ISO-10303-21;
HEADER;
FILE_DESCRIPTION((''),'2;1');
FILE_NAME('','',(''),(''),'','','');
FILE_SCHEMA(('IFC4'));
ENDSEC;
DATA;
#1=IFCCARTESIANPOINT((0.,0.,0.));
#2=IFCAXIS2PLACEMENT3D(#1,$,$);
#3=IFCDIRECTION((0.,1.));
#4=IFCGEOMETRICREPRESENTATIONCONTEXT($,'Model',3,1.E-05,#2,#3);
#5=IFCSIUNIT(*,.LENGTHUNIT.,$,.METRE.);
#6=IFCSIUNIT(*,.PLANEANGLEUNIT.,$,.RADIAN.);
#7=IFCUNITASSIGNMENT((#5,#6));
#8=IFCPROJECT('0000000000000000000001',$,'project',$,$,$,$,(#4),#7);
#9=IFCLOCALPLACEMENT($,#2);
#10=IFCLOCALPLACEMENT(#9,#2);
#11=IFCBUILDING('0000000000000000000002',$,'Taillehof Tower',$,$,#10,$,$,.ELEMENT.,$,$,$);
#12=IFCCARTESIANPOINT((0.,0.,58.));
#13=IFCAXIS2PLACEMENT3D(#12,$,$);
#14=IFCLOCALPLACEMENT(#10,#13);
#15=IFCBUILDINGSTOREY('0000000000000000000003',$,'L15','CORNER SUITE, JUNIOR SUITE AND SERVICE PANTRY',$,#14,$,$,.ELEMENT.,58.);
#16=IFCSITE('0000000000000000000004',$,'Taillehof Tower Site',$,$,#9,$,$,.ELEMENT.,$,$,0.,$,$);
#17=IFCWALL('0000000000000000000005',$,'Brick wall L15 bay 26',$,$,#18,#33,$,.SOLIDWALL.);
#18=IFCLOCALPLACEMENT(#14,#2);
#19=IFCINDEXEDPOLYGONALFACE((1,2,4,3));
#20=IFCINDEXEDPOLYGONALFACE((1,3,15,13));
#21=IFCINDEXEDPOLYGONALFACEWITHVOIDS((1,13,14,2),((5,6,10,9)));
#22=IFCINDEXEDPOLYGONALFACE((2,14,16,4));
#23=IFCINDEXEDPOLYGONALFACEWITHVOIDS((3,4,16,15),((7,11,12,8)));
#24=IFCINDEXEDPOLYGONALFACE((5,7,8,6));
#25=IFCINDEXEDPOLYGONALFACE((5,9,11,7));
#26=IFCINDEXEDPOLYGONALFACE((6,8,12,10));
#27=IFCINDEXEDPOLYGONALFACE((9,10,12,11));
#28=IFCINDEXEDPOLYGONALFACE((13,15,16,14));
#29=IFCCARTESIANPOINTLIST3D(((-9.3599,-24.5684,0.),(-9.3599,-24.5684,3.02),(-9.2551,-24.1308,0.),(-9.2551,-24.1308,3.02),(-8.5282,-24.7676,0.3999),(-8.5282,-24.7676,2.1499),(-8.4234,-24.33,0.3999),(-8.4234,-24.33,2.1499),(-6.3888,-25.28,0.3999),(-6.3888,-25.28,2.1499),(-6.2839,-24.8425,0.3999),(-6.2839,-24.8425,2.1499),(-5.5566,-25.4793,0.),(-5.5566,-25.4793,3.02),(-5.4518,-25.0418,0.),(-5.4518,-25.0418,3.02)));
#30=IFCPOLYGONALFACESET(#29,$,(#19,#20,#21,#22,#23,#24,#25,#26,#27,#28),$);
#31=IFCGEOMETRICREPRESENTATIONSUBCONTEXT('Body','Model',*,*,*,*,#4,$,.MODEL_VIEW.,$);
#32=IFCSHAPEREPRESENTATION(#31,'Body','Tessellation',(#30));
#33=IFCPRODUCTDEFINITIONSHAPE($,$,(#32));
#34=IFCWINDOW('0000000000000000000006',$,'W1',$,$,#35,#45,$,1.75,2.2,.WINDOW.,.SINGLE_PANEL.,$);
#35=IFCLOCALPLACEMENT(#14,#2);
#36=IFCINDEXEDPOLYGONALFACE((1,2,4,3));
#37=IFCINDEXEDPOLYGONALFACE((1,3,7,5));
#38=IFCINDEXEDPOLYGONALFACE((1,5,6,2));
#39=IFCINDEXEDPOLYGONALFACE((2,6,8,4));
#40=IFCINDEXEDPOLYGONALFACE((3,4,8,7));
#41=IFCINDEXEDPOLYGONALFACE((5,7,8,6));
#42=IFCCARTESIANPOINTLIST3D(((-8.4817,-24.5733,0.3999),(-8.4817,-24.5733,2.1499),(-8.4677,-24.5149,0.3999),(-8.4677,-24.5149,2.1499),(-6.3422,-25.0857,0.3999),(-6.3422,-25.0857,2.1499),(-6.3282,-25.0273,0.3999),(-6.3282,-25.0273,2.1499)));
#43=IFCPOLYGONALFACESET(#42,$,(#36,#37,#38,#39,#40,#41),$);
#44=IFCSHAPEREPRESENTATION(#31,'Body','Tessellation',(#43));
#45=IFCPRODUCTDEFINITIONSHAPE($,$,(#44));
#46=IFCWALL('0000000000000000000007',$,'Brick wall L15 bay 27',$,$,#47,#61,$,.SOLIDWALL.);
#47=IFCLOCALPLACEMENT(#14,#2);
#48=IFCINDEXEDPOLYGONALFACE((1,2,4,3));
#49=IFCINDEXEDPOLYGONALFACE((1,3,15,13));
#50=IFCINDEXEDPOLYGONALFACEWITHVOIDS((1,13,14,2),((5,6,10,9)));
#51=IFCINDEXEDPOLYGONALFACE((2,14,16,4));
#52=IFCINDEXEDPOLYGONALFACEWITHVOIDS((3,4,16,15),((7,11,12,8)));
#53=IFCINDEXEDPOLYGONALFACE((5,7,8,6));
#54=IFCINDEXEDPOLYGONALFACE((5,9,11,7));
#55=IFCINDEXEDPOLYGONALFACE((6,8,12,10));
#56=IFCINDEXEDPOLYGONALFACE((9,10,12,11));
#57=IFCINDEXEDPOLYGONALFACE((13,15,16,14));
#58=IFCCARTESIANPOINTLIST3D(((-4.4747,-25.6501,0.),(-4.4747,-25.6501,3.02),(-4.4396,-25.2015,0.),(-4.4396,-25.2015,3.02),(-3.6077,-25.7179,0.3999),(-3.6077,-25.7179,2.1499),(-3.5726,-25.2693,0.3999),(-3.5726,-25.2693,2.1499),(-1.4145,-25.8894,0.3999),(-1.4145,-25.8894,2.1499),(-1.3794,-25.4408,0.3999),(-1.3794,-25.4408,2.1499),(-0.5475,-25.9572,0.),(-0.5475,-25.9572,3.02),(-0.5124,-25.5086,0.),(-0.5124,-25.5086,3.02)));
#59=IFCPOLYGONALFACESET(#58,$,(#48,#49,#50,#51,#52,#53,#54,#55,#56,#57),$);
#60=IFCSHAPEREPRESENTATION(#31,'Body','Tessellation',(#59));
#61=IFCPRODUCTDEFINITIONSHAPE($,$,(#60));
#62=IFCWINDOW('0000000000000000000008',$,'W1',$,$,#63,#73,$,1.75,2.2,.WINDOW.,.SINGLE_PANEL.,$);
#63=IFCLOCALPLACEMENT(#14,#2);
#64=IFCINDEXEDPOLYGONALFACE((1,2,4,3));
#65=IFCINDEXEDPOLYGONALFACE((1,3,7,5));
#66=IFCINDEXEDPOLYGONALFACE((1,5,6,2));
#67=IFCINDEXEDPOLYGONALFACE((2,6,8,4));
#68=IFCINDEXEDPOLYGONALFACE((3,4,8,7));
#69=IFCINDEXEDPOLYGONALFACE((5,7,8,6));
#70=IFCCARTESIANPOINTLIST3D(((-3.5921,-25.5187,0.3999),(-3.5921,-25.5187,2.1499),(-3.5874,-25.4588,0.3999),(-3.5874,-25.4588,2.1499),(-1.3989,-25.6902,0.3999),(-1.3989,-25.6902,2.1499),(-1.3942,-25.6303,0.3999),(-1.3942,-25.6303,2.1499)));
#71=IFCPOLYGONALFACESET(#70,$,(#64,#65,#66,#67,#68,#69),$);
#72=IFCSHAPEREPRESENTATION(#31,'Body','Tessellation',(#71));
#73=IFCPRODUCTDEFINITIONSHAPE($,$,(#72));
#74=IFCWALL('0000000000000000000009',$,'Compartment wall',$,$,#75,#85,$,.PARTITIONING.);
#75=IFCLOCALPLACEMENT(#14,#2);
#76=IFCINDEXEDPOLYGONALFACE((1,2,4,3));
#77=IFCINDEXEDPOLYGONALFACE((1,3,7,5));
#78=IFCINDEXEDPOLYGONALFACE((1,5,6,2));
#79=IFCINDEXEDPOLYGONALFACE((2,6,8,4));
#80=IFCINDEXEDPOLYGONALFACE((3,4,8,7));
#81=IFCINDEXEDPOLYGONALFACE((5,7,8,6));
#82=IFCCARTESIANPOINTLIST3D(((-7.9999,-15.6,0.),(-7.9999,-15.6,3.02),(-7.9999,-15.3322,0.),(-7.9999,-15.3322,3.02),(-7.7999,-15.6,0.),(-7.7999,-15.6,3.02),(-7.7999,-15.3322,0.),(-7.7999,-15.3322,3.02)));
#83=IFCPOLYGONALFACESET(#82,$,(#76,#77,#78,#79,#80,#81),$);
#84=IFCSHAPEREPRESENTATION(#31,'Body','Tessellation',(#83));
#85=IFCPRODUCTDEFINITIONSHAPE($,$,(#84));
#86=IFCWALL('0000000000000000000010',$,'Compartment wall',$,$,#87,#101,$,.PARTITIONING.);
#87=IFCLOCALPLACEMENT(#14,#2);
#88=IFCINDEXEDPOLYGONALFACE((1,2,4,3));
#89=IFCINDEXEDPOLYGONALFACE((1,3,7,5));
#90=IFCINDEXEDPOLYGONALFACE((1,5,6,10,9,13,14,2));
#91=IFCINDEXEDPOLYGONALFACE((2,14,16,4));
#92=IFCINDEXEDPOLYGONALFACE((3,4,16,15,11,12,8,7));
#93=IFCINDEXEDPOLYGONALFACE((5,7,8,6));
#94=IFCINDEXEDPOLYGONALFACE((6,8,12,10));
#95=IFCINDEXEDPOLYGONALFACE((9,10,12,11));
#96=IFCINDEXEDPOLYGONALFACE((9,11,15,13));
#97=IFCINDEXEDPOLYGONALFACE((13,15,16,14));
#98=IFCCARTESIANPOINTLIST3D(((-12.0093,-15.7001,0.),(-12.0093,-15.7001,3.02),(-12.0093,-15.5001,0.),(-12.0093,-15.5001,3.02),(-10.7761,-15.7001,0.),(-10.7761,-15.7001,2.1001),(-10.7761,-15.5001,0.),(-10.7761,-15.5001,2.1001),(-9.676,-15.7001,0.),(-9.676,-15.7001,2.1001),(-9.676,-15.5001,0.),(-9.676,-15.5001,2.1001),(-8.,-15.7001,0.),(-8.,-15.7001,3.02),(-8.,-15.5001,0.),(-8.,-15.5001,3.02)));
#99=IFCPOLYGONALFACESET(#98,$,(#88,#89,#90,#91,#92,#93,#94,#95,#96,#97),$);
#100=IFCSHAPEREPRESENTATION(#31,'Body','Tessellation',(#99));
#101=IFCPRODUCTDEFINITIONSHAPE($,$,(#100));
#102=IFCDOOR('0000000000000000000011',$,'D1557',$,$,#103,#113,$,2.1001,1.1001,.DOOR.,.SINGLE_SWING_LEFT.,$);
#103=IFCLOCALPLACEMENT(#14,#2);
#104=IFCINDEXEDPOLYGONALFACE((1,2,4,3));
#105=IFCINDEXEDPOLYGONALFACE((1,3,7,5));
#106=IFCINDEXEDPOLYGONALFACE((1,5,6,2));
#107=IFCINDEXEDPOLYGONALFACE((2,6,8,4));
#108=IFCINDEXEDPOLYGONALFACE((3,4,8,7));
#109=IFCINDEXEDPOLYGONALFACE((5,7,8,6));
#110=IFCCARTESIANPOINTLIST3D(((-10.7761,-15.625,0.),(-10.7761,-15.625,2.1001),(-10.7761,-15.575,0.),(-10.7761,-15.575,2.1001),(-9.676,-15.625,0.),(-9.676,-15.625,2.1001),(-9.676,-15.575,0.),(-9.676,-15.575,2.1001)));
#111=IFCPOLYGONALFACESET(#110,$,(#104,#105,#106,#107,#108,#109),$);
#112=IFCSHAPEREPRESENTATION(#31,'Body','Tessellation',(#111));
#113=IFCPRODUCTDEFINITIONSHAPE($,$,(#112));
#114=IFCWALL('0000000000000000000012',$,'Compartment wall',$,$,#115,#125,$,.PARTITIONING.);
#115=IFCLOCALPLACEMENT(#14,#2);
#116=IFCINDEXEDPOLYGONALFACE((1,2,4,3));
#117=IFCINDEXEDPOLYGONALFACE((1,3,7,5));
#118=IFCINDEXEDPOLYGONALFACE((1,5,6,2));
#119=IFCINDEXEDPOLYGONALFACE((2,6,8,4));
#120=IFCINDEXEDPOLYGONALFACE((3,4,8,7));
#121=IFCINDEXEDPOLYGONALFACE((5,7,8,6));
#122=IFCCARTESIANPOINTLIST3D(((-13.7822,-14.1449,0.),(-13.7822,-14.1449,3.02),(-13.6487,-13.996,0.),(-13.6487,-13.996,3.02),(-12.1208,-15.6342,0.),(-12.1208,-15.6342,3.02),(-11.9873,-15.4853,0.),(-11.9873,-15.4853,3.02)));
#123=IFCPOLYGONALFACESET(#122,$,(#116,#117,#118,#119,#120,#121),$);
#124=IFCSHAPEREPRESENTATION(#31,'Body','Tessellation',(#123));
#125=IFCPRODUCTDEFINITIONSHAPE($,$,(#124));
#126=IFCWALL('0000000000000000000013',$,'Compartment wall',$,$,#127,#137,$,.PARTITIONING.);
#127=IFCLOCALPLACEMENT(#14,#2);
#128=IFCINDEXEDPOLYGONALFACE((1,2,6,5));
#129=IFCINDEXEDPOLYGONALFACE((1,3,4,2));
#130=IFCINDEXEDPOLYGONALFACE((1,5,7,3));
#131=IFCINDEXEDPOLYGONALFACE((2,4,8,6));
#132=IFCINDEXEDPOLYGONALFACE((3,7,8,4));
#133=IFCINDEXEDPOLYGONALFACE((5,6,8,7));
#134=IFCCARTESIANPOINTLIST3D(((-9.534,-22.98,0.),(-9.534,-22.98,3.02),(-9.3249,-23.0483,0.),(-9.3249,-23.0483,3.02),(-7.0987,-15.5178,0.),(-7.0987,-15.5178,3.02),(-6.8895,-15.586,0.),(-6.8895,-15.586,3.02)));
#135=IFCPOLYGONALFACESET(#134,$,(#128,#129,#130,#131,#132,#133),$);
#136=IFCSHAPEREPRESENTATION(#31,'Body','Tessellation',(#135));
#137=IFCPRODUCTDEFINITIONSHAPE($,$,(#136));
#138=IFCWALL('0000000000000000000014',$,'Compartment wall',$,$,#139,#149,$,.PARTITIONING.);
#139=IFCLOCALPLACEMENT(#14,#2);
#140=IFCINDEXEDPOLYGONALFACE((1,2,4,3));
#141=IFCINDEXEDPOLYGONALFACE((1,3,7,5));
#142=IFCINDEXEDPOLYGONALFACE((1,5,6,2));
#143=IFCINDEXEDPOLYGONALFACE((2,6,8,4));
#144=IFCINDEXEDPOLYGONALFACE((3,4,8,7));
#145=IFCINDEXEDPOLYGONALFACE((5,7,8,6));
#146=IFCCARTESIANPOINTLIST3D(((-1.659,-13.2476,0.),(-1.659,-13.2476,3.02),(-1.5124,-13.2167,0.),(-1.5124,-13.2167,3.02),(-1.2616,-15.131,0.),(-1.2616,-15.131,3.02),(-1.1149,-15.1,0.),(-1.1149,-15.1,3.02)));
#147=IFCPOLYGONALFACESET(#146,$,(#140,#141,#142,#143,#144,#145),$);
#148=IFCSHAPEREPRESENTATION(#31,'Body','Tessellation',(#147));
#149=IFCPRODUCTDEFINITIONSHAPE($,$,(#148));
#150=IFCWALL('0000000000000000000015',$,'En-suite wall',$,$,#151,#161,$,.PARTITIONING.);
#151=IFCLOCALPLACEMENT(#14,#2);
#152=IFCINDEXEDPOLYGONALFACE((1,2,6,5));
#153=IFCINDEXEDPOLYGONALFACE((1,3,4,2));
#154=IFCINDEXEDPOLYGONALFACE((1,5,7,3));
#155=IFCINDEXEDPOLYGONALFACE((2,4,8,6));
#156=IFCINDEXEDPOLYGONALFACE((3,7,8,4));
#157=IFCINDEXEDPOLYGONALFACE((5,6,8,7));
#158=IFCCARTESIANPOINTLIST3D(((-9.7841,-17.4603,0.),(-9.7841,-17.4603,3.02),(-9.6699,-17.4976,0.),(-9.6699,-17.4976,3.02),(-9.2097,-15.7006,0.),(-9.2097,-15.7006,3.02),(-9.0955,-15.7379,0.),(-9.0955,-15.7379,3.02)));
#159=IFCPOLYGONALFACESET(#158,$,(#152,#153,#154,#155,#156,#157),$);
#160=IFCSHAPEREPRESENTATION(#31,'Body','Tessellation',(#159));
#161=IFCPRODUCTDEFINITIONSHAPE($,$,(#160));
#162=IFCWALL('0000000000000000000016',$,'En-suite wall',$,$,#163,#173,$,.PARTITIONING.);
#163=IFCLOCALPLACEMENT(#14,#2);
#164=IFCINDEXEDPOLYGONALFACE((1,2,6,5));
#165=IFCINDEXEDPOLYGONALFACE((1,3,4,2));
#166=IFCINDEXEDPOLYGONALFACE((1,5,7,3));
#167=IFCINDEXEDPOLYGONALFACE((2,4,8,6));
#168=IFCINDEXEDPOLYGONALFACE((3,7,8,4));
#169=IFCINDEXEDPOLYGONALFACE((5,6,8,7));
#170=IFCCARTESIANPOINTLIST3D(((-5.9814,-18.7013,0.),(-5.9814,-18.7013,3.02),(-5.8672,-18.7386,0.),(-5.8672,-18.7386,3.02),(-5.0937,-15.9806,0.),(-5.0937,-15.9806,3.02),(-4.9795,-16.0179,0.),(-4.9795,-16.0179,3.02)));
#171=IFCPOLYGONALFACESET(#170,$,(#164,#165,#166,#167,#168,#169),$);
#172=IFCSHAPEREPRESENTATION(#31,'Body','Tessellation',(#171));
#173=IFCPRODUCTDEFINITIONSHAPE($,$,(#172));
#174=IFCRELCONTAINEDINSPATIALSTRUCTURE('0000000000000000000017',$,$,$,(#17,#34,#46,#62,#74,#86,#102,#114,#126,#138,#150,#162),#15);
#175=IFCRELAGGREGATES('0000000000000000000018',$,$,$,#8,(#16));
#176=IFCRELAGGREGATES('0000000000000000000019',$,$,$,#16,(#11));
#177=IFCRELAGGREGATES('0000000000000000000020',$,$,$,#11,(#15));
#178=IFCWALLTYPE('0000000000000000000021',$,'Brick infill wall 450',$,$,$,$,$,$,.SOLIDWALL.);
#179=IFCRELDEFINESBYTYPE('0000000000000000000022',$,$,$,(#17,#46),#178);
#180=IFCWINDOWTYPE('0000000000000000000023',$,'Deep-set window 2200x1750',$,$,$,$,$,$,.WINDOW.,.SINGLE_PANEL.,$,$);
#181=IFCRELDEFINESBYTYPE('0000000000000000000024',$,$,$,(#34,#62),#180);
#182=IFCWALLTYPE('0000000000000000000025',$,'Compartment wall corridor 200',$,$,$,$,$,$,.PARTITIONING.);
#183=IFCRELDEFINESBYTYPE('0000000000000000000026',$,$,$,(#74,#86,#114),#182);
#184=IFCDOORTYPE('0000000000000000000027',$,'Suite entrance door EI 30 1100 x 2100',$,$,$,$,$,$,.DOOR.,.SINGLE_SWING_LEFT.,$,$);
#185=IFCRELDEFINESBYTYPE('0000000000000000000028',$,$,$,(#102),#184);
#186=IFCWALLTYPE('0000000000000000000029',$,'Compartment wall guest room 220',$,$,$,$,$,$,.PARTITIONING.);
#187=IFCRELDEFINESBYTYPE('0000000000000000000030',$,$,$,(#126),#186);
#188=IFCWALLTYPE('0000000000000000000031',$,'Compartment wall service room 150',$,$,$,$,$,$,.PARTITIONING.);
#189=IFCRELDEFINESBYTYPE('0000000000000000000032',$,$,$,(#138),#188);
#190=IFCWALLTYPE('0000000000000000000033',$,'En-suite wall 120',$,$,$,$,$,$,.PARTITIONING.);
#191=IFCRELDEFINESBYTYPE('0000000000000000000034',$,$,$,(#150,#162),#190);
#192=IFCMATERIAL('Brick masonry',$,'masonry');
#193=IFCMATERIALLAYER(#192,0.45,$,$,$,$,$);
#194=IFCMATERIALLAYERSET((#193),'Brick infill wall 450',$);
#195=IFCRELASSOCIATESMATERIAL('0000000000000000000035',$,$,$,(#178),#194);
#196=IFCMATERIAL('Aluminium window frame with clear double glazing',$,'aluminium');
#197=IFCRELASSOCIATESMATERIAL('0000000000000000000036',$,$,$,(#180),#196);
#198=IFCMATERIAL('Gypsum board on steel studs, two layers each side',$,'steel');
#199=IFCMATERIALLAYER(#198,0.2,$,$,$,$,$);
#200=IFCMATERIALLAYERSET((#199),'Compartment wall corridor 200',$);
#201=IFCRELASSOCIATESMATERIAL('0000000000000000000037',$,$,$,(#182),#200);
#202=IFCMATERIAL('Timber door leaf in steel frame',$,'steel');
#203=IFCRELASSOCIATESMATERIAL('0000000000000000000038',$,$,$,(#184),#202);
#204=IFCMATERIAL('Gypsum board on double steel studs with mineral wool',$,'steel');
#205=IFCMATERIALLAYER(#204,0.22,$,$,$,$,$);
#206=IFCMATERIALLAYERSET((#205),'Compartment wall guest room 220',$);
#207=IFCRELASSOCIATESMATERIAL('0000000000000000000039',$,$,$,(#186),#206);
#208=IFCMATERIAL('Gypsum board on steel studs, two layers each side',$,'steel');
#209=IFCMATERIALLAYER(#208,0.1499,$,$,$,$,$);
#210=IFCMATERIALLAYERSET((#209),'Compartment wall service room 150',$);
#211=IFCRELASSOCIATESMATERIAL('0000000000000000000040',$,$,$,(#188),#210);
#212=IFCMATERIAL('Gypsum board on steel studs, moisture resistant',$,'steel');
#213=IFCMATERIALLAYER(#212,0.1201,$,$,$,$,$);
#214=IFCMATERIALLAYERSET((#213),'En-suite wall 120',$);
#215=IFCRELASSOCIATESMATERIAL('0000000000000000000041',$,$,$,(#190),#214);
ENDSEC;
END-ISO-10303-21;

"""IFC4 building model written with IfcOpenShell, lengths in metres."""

from ifc_helpers import new_model, si_unit, direction, frame, frame_2d, origin, place, context, subcontext, project, spatial, rectangle, extrude, material, layer, layer_set, type_object, element, fill, save


model = new_model("IFC4")

# Units and contexts
model_context = context("Model", 3, precision=1e-05, world=origin(), true_north=direction((0.0, 1.0)))
body_context = subcontext(model_context, "Body", "Model", "MODEL_VIEW")
ifc_project = project(units=[si_unit("LENGTHUNIT", "METRE"), si_unit("PLANEANGLEUNIT", "RADIAN")], contexts=[model_context])

# Site, building, storey
site_placement = place(None, origin())
site = spatial("IfcSite", under=ifc_project, at=site_placement, Name="Taillehof Tower Site", CompositionType="ELEMENT", RefElevation=0.0)
building_placement = place(site_placement, origin())
building = spatial("IfcBuilding", under=site, at=building_placement, Name="Taillehof Tower", CompositionType="ELEMENT")
storey_placement = place(building_placement, frame((0.0, 0.0, 58.0)))
storey = spatial("IfcBuildingStorey", under=building, at=storey_placement, Name="L15", Description="CORNER SUITE, JUNIOR SUITE AND SERVICE PANTRY", CompositionType="ELEMENT", Elevation=58.0)

# Walls, openings, windows
ifc_material_1 = material(Name="Brick masonry", Category="masonry")
ifc_layer_1 = layer(ifc_material_1, 0.45)
ifc_layer_set_1 = layer_set([ifc_layer_1], Name="Brick infill wall 450")
wall_type_1 = type_object("IfcWallType", Name="Brick infill wall 450", PredefinedType="SOLIDWALL", material=ifc_layer_set_1)
ifc_material_2 = material(Name="Aluminium window frame with clear double glazing", Category="aluminium")
window_type = type_object("IfcWindowType", Name="Deep-set window 2200x1750", PartitioningType="SINGLE_PANEL", PredefinedType="WINDOW", material=ifc_material_2)
wall_1_placement = place(storey_placement, frame((-9.3076, -24.3496, 0.0), z_axis=(0.0, 0.0, 1.0), x_axis=(0.972497, -0.232917, 0.0)))
wall_1 = element("IfcWall", 1, at=wall_1_placement, inside=storey, type_object=wall_type_1, Name="Brick wall L15 bay 26", PredefinedType="SOLIDWALL", context=body_context, shape_type="SweptSolid", body=[
    extrude(rectangle(XDim=3.9109, YDim=0.45, at=frame_2d((1.9556, 0.0))), origin(), (0.0, 0.0, 1.0), 3.02),
])
opening_1_placement = place(wall_1_placement, frame((0.8552, 0.0, 0.3999)))
opening_1 = element("IfcOpeningElement", 2, at=opening_1_placement, cuts=wall_1, PredefinedType="OPENING", context=body_context, shape_type="SweptSolid", body=[
    extrude(rectangle(XDim=2.2, YDim=1.75, at=frame_2d((1.1001, 0.875))), frame((0.0, 0.2349, 0.0), z_axis=(0.0, -1.0, 0.0), x_axis=(1.0, 0.0, 0.0)), (0.0, 0.0, 1.0), 0.47),
])
window_1_placement = place(opening_1_placement, origin())
window_1 = element("IfcWindow", 3, at=window_1_placement, inside=storey, type_object=window_type, Name="W1", OverallHeight=1.75, OverallWidth=2.2, PartitioningType="SINGLE_PANEL", PredefinedType="WINDOW", context=body_context, shape_type="SweptSolid", body=[
    extrude(rectangle(XDim=2.2, YDim=1.75, at=frame_2d((1.1001, 0.875))), frame((0.0, 0.0349, 0.0), z_axis=(0.0, -1.0, 0.0), x_axis=(1.0, 0.0, 0.0)), (0.0, 0.0, 1.0), 0.0601),
])
fill(opening_1, window_1)
wall_2_placement = place(storey_placement, frame((-4.4573, -25.4258, 0.0), z_axis=(0.0, 0.0, 1.0), x_axis=(0.996956, -0.077967, 0.0)))
wall_2 = element("IfcWall", 4, at=wall_2_placement, inside=storey, type_object=wall_type_1, Name="Brick wall L15 bay 27", PredefinedType="SOLIDWALL", context=body_context, shape_type="SweptSolid", body=[
    extrude(rectangle(XDim=3.9392, YDim=0.45, at=frame_2d((1.9697, 0.0))), origin(), (0.0, 0.0, 1.0), 3.02),
])
opening_2_placement = place(wall_2_placement, frame((0.8696, 0.0, 0.3999)))
opening_2 = element("IfcOpeningElement", 5, at=opening_2_placement, cuts=wall_2, PredefinedType="OPENING", context=body_context, shape_type="SweptSolid", body=[
    extrude(rectangle(XDim=2.2, YDim=1.75, at=frame_2d((1.1001, 0.875))), frame((0.0, 0.2349, 0.0), z_axis=(0.0, -1.0, 0.0), x_axis=(1.0, 0.0, 0.0)), (0.0, 0.0, 1.0), 0.47),
])
window_2_placement = place(opening_2_placement, origin())
window_2 = element("IfcWindow", 6, at=window_2_placement, inside=storey, type_object=window_type, Name="W1", OverallHeight=1.75, OverallWidth=2.2, PartitioningType="SINGLE_PANEL", PredefinedType="WINDOW", context=body_context, shape_type="SweptSolid", body=[
    extrude(rectangle(XDim=2.2, YDim=1.75, at=frame_2d((1.1001, 0.875))), frame((0.0, 0.0349, 0.0), z_axis=(0.0, -1.0, 0.0), x_axis=(1.0, 0.0, 0.0)), (0.0, 0.0, 1.0), 0.0601),
])
fill(opening_2, window_2)

# Wall
ifc_material_3 = material(Name="Gypsum board on steel studs, two layers each side", Category="steel")
ifc_layer_2 = layer(ifc_material_3, 0.2)
ifc_layer_set_2 = layer_set([ifc_layer_2], Name="Compartment wall corridor 200")
wall_type_2 = type_object("IfcWallType", Name="Compartment wall corridor 200", PredefinedType="PARTITIONING", material=ifc_layer_set_2)
wall_3_placement = place(storey_placement, frame((-7.8999, -15.3323, 0.0), z_axis=(0.0, 0.0, 1.0), x_axis=(0.0, -1.0, 0.0)))
element("IfcWall", 7, at=wall_3_placement, inside=storey, type_object=wall_type_2, Name="Compartment wall", PredefinedType="PARTITIONING", context=body_context, shape_type="SweptSolid", body=[
    extrude(rectangle(XDim=0.2678, YDim=0.2, at=frame_2d((0.1338, 0.0))), origin(), (0.0, 0.0, 1.0), 3.02),
])

# Wall, opening, door
wall_4_placement = place(storey_placement, frame((-8.0, -15.6001, 0.0), z_axis=(0.0, 0.0, 1.0), x_axis=(-1.0, 0.0, 0.0)))
wall_4 = element("IfcWall", 8, at=wall_4_placement, inside=storey, type_object=wall_type_2, Name="Compartment wall", PredefinedType="PARTITIONING", context=body_context, shape_type="SweptSolid", body=[
    extrude(rectangle(XDim=4.0093, YDim=0.2, at=frame_2d((2.0046, 0.0))), origin(), (0.0, 0.0, 1.0), 3.02),
])
opening_3_placement = place(wall_4_placement, frame((1.676, 0.0, 0.0)))
opening_3 = element("IfcOpeningElement", 9, at=opening_3_placement, cuts=wall_4, PredefinedType="OPENING", context=body_context, shape_type="SweptSolid", body=[
    extrude(rectangle(XDim=1.1001, YDim=2.1001, at=frame_2d((0.55, 1.05))), frame((0.0, 0.1099, 0.0), z_axis=(0.0, -1.0, 0.0), x_axis=(1.0, 0.0, 0.0)), (0.0, 0.0, 1.0), 0.22),
])
ifc_material_4 = material(Name="Timber door leaf in steel frame", Category="steel")
door_type_1 = type_object("IfcDoorType", Name="Suite entrance door EI 30 1100 x 2100", OperationType="SINGLE_SWING_LEFT", PredefinedType="DOOR", material=ifc_material_4)
door_1_placement = place(opening_3_placement, origin())
door_1 = element("IfcDoor", 10, at=door_1_placement, inside=storey, type_object=door_type_1, Name="D1557", OperationType="SINGLE_SWING_LEFT", OverallHeight=2.1001, OverallWidth=1.1001, PredefinedType="DOOR", context=body_context, shape_type="SweptSolid", body=[
    extrude(rectangle(XDim=1.1001, YDim=2.1001, at=frame_2d((0.55, 1.05))), frame((0.0, 0.0249, 0.0), z_axis=(0.0, -1.0, 0.0), x_axis=(1.0, 0.0, 0.0)), (0.0, 0.0, 1.0), 0.05),
])
fill(opening_3, door_1)

# Walls
wall_5_placement = place(storey_placement, frame((-12.054, -15.5598, 0.0), z_axis=(0.0, 0.0, 1.0), x_axis=(-0.744626, 0.667482, 0.0)))
element("IfcWall", 11, at=wall_5_placement, inside=storey, type_object=wall_type_2, Name="Compartment wall", PredefinedType="PARTITIONING", context=body_context, shape_type="SweptSolid", body=[
    extrude(rectangle(XDim=2.2312, YDim=0.2, at=frame_2d((1.1157, 0.0))), origin(), (0.0, 0.0, 1.0), 3.02),
])
ifc_material_5 = material(Name="Gypsum board on double steel studs with mineral wool", Category="steel")
ifc_layer_3 = layer(ifc_material_5, 0.22)
ifc_layer_set_3 = layer_set([ifc_layer_3], Name="Compartment wall guest room 220")
wall_type_3 = type_object("IfcWallType", Name="Compartment wall guest room 220", PredefinedType="PARTITIONING", material=ifc_layer_set_3)
wall_6_placement = place(storey_placement, frame((-9.4294, -23.0142, 0.0), z_axis=(0.0, 0.0, 1.0), x_axis=(0.31025, 0.950655, 0.0)))
element("IfcWall", 12, at=wall_6_placement, inside=storey, type_object=wall_type_3, Name="Compartment wall", PredefinedType="PARTITIONING", context=body_context, shape_type="SweptSolid", body=[
    extrude(rectangle(XDim=7.8496, YDim=0.22, at=frame_2d((3.9248, 0.0))), origin(), (0.0, 0.0, 1.0), 3.02),
])
ifc_material_6 = material(Name="Gypsum board on steel studs, two layers each side", Category="steel")
ifc_layer_4 = layer(ifc_material_6, 0.1499)
ifc_layer_set_4 = layer_set([ifc_layer_4], Name="Compartment wall service room 150")
wall_type_4 = type_object("IfcWallType", Name="Compartment wall service room 150", PredefinedType="PARTITIONING", material=ifc_layer_set_4)
wall_7_placement = place(storey_placement, frame((-1.1882, -15.1155, 0.0), z_axis=(0.0, 0.0, 1.0), x_axis=(-0.206496, 0.978447, 0.0)))
element("IfcWall", 13, at=wall_7_placement, inside=storey, type_object=wall_type_4, Name="Compartment wall", PredefinedType="PARTITIONING", context=body_context, shape_type="SweptSolid", body=[
    extrude(rectangle(XDim=1.9248, YDim=0.1499, at=frame_2d((0.9624, 0.0))), origin(), (0.0, 0.0, 1.0), 3.02),
])
ifc_material_7 = material(Name="Gypsum board on steel studs, moisture resistant", Category="steel")
ifc_layer_5 = layer(ifc_material_7, 0.1201)
ifc_layer_set_5 = layer_set([ifc_layer_5], Name="En-suite wall 120")
wall_type_5 = type_object("IfcWallType", Name="En-suite wall 120", PredefinedType="PARTITIONING", material=ifc_layer_set_5)
wall_8_placement = place(storey_placement, frame((-9.1526, -15.7192, 0.0), z_axis=(0.0, 0.0, 1.0), x_axis=(-0.310326, -0.95063, 0.0)))
element("IfcWall", 14, at=wall_8_placement, inside=storey, type_object=wall_type_5, Name="En-suite wall", PredefinedType="PARTITIONING", context=body_context, shape_type="SweptSolid", body=[
    extrude(rectangle(XDim=1.8511, YDim=0.1201, at=frame_2d((0.9255, 0.0))), origin(), (0.0, 0.0, 1.0), 3.02),
])
wall_9_placement = place(storey_placement, frame((-5.0366, -15.9993, 0.0), z_axis=(0.0, 0.0, 1.0), x_axis=(-0.310182, -0.950677, 0.0)))
element("IfcWall", 15, at=wall_9_placement, inside=storey, type_object=wall_type_5, Name="En-suite wall", PredefinedType="PARTITIONING", context=body_context, shape_type="SweptSolid", body=[
    extrude(rectangle(XDim=2.8618, YDim=0.1201, at=frame_2d((1.4309, 0.0))), origin(), (0.0, 0.0, 1.0), 3.02),
])

save(model, "model.ifc")
